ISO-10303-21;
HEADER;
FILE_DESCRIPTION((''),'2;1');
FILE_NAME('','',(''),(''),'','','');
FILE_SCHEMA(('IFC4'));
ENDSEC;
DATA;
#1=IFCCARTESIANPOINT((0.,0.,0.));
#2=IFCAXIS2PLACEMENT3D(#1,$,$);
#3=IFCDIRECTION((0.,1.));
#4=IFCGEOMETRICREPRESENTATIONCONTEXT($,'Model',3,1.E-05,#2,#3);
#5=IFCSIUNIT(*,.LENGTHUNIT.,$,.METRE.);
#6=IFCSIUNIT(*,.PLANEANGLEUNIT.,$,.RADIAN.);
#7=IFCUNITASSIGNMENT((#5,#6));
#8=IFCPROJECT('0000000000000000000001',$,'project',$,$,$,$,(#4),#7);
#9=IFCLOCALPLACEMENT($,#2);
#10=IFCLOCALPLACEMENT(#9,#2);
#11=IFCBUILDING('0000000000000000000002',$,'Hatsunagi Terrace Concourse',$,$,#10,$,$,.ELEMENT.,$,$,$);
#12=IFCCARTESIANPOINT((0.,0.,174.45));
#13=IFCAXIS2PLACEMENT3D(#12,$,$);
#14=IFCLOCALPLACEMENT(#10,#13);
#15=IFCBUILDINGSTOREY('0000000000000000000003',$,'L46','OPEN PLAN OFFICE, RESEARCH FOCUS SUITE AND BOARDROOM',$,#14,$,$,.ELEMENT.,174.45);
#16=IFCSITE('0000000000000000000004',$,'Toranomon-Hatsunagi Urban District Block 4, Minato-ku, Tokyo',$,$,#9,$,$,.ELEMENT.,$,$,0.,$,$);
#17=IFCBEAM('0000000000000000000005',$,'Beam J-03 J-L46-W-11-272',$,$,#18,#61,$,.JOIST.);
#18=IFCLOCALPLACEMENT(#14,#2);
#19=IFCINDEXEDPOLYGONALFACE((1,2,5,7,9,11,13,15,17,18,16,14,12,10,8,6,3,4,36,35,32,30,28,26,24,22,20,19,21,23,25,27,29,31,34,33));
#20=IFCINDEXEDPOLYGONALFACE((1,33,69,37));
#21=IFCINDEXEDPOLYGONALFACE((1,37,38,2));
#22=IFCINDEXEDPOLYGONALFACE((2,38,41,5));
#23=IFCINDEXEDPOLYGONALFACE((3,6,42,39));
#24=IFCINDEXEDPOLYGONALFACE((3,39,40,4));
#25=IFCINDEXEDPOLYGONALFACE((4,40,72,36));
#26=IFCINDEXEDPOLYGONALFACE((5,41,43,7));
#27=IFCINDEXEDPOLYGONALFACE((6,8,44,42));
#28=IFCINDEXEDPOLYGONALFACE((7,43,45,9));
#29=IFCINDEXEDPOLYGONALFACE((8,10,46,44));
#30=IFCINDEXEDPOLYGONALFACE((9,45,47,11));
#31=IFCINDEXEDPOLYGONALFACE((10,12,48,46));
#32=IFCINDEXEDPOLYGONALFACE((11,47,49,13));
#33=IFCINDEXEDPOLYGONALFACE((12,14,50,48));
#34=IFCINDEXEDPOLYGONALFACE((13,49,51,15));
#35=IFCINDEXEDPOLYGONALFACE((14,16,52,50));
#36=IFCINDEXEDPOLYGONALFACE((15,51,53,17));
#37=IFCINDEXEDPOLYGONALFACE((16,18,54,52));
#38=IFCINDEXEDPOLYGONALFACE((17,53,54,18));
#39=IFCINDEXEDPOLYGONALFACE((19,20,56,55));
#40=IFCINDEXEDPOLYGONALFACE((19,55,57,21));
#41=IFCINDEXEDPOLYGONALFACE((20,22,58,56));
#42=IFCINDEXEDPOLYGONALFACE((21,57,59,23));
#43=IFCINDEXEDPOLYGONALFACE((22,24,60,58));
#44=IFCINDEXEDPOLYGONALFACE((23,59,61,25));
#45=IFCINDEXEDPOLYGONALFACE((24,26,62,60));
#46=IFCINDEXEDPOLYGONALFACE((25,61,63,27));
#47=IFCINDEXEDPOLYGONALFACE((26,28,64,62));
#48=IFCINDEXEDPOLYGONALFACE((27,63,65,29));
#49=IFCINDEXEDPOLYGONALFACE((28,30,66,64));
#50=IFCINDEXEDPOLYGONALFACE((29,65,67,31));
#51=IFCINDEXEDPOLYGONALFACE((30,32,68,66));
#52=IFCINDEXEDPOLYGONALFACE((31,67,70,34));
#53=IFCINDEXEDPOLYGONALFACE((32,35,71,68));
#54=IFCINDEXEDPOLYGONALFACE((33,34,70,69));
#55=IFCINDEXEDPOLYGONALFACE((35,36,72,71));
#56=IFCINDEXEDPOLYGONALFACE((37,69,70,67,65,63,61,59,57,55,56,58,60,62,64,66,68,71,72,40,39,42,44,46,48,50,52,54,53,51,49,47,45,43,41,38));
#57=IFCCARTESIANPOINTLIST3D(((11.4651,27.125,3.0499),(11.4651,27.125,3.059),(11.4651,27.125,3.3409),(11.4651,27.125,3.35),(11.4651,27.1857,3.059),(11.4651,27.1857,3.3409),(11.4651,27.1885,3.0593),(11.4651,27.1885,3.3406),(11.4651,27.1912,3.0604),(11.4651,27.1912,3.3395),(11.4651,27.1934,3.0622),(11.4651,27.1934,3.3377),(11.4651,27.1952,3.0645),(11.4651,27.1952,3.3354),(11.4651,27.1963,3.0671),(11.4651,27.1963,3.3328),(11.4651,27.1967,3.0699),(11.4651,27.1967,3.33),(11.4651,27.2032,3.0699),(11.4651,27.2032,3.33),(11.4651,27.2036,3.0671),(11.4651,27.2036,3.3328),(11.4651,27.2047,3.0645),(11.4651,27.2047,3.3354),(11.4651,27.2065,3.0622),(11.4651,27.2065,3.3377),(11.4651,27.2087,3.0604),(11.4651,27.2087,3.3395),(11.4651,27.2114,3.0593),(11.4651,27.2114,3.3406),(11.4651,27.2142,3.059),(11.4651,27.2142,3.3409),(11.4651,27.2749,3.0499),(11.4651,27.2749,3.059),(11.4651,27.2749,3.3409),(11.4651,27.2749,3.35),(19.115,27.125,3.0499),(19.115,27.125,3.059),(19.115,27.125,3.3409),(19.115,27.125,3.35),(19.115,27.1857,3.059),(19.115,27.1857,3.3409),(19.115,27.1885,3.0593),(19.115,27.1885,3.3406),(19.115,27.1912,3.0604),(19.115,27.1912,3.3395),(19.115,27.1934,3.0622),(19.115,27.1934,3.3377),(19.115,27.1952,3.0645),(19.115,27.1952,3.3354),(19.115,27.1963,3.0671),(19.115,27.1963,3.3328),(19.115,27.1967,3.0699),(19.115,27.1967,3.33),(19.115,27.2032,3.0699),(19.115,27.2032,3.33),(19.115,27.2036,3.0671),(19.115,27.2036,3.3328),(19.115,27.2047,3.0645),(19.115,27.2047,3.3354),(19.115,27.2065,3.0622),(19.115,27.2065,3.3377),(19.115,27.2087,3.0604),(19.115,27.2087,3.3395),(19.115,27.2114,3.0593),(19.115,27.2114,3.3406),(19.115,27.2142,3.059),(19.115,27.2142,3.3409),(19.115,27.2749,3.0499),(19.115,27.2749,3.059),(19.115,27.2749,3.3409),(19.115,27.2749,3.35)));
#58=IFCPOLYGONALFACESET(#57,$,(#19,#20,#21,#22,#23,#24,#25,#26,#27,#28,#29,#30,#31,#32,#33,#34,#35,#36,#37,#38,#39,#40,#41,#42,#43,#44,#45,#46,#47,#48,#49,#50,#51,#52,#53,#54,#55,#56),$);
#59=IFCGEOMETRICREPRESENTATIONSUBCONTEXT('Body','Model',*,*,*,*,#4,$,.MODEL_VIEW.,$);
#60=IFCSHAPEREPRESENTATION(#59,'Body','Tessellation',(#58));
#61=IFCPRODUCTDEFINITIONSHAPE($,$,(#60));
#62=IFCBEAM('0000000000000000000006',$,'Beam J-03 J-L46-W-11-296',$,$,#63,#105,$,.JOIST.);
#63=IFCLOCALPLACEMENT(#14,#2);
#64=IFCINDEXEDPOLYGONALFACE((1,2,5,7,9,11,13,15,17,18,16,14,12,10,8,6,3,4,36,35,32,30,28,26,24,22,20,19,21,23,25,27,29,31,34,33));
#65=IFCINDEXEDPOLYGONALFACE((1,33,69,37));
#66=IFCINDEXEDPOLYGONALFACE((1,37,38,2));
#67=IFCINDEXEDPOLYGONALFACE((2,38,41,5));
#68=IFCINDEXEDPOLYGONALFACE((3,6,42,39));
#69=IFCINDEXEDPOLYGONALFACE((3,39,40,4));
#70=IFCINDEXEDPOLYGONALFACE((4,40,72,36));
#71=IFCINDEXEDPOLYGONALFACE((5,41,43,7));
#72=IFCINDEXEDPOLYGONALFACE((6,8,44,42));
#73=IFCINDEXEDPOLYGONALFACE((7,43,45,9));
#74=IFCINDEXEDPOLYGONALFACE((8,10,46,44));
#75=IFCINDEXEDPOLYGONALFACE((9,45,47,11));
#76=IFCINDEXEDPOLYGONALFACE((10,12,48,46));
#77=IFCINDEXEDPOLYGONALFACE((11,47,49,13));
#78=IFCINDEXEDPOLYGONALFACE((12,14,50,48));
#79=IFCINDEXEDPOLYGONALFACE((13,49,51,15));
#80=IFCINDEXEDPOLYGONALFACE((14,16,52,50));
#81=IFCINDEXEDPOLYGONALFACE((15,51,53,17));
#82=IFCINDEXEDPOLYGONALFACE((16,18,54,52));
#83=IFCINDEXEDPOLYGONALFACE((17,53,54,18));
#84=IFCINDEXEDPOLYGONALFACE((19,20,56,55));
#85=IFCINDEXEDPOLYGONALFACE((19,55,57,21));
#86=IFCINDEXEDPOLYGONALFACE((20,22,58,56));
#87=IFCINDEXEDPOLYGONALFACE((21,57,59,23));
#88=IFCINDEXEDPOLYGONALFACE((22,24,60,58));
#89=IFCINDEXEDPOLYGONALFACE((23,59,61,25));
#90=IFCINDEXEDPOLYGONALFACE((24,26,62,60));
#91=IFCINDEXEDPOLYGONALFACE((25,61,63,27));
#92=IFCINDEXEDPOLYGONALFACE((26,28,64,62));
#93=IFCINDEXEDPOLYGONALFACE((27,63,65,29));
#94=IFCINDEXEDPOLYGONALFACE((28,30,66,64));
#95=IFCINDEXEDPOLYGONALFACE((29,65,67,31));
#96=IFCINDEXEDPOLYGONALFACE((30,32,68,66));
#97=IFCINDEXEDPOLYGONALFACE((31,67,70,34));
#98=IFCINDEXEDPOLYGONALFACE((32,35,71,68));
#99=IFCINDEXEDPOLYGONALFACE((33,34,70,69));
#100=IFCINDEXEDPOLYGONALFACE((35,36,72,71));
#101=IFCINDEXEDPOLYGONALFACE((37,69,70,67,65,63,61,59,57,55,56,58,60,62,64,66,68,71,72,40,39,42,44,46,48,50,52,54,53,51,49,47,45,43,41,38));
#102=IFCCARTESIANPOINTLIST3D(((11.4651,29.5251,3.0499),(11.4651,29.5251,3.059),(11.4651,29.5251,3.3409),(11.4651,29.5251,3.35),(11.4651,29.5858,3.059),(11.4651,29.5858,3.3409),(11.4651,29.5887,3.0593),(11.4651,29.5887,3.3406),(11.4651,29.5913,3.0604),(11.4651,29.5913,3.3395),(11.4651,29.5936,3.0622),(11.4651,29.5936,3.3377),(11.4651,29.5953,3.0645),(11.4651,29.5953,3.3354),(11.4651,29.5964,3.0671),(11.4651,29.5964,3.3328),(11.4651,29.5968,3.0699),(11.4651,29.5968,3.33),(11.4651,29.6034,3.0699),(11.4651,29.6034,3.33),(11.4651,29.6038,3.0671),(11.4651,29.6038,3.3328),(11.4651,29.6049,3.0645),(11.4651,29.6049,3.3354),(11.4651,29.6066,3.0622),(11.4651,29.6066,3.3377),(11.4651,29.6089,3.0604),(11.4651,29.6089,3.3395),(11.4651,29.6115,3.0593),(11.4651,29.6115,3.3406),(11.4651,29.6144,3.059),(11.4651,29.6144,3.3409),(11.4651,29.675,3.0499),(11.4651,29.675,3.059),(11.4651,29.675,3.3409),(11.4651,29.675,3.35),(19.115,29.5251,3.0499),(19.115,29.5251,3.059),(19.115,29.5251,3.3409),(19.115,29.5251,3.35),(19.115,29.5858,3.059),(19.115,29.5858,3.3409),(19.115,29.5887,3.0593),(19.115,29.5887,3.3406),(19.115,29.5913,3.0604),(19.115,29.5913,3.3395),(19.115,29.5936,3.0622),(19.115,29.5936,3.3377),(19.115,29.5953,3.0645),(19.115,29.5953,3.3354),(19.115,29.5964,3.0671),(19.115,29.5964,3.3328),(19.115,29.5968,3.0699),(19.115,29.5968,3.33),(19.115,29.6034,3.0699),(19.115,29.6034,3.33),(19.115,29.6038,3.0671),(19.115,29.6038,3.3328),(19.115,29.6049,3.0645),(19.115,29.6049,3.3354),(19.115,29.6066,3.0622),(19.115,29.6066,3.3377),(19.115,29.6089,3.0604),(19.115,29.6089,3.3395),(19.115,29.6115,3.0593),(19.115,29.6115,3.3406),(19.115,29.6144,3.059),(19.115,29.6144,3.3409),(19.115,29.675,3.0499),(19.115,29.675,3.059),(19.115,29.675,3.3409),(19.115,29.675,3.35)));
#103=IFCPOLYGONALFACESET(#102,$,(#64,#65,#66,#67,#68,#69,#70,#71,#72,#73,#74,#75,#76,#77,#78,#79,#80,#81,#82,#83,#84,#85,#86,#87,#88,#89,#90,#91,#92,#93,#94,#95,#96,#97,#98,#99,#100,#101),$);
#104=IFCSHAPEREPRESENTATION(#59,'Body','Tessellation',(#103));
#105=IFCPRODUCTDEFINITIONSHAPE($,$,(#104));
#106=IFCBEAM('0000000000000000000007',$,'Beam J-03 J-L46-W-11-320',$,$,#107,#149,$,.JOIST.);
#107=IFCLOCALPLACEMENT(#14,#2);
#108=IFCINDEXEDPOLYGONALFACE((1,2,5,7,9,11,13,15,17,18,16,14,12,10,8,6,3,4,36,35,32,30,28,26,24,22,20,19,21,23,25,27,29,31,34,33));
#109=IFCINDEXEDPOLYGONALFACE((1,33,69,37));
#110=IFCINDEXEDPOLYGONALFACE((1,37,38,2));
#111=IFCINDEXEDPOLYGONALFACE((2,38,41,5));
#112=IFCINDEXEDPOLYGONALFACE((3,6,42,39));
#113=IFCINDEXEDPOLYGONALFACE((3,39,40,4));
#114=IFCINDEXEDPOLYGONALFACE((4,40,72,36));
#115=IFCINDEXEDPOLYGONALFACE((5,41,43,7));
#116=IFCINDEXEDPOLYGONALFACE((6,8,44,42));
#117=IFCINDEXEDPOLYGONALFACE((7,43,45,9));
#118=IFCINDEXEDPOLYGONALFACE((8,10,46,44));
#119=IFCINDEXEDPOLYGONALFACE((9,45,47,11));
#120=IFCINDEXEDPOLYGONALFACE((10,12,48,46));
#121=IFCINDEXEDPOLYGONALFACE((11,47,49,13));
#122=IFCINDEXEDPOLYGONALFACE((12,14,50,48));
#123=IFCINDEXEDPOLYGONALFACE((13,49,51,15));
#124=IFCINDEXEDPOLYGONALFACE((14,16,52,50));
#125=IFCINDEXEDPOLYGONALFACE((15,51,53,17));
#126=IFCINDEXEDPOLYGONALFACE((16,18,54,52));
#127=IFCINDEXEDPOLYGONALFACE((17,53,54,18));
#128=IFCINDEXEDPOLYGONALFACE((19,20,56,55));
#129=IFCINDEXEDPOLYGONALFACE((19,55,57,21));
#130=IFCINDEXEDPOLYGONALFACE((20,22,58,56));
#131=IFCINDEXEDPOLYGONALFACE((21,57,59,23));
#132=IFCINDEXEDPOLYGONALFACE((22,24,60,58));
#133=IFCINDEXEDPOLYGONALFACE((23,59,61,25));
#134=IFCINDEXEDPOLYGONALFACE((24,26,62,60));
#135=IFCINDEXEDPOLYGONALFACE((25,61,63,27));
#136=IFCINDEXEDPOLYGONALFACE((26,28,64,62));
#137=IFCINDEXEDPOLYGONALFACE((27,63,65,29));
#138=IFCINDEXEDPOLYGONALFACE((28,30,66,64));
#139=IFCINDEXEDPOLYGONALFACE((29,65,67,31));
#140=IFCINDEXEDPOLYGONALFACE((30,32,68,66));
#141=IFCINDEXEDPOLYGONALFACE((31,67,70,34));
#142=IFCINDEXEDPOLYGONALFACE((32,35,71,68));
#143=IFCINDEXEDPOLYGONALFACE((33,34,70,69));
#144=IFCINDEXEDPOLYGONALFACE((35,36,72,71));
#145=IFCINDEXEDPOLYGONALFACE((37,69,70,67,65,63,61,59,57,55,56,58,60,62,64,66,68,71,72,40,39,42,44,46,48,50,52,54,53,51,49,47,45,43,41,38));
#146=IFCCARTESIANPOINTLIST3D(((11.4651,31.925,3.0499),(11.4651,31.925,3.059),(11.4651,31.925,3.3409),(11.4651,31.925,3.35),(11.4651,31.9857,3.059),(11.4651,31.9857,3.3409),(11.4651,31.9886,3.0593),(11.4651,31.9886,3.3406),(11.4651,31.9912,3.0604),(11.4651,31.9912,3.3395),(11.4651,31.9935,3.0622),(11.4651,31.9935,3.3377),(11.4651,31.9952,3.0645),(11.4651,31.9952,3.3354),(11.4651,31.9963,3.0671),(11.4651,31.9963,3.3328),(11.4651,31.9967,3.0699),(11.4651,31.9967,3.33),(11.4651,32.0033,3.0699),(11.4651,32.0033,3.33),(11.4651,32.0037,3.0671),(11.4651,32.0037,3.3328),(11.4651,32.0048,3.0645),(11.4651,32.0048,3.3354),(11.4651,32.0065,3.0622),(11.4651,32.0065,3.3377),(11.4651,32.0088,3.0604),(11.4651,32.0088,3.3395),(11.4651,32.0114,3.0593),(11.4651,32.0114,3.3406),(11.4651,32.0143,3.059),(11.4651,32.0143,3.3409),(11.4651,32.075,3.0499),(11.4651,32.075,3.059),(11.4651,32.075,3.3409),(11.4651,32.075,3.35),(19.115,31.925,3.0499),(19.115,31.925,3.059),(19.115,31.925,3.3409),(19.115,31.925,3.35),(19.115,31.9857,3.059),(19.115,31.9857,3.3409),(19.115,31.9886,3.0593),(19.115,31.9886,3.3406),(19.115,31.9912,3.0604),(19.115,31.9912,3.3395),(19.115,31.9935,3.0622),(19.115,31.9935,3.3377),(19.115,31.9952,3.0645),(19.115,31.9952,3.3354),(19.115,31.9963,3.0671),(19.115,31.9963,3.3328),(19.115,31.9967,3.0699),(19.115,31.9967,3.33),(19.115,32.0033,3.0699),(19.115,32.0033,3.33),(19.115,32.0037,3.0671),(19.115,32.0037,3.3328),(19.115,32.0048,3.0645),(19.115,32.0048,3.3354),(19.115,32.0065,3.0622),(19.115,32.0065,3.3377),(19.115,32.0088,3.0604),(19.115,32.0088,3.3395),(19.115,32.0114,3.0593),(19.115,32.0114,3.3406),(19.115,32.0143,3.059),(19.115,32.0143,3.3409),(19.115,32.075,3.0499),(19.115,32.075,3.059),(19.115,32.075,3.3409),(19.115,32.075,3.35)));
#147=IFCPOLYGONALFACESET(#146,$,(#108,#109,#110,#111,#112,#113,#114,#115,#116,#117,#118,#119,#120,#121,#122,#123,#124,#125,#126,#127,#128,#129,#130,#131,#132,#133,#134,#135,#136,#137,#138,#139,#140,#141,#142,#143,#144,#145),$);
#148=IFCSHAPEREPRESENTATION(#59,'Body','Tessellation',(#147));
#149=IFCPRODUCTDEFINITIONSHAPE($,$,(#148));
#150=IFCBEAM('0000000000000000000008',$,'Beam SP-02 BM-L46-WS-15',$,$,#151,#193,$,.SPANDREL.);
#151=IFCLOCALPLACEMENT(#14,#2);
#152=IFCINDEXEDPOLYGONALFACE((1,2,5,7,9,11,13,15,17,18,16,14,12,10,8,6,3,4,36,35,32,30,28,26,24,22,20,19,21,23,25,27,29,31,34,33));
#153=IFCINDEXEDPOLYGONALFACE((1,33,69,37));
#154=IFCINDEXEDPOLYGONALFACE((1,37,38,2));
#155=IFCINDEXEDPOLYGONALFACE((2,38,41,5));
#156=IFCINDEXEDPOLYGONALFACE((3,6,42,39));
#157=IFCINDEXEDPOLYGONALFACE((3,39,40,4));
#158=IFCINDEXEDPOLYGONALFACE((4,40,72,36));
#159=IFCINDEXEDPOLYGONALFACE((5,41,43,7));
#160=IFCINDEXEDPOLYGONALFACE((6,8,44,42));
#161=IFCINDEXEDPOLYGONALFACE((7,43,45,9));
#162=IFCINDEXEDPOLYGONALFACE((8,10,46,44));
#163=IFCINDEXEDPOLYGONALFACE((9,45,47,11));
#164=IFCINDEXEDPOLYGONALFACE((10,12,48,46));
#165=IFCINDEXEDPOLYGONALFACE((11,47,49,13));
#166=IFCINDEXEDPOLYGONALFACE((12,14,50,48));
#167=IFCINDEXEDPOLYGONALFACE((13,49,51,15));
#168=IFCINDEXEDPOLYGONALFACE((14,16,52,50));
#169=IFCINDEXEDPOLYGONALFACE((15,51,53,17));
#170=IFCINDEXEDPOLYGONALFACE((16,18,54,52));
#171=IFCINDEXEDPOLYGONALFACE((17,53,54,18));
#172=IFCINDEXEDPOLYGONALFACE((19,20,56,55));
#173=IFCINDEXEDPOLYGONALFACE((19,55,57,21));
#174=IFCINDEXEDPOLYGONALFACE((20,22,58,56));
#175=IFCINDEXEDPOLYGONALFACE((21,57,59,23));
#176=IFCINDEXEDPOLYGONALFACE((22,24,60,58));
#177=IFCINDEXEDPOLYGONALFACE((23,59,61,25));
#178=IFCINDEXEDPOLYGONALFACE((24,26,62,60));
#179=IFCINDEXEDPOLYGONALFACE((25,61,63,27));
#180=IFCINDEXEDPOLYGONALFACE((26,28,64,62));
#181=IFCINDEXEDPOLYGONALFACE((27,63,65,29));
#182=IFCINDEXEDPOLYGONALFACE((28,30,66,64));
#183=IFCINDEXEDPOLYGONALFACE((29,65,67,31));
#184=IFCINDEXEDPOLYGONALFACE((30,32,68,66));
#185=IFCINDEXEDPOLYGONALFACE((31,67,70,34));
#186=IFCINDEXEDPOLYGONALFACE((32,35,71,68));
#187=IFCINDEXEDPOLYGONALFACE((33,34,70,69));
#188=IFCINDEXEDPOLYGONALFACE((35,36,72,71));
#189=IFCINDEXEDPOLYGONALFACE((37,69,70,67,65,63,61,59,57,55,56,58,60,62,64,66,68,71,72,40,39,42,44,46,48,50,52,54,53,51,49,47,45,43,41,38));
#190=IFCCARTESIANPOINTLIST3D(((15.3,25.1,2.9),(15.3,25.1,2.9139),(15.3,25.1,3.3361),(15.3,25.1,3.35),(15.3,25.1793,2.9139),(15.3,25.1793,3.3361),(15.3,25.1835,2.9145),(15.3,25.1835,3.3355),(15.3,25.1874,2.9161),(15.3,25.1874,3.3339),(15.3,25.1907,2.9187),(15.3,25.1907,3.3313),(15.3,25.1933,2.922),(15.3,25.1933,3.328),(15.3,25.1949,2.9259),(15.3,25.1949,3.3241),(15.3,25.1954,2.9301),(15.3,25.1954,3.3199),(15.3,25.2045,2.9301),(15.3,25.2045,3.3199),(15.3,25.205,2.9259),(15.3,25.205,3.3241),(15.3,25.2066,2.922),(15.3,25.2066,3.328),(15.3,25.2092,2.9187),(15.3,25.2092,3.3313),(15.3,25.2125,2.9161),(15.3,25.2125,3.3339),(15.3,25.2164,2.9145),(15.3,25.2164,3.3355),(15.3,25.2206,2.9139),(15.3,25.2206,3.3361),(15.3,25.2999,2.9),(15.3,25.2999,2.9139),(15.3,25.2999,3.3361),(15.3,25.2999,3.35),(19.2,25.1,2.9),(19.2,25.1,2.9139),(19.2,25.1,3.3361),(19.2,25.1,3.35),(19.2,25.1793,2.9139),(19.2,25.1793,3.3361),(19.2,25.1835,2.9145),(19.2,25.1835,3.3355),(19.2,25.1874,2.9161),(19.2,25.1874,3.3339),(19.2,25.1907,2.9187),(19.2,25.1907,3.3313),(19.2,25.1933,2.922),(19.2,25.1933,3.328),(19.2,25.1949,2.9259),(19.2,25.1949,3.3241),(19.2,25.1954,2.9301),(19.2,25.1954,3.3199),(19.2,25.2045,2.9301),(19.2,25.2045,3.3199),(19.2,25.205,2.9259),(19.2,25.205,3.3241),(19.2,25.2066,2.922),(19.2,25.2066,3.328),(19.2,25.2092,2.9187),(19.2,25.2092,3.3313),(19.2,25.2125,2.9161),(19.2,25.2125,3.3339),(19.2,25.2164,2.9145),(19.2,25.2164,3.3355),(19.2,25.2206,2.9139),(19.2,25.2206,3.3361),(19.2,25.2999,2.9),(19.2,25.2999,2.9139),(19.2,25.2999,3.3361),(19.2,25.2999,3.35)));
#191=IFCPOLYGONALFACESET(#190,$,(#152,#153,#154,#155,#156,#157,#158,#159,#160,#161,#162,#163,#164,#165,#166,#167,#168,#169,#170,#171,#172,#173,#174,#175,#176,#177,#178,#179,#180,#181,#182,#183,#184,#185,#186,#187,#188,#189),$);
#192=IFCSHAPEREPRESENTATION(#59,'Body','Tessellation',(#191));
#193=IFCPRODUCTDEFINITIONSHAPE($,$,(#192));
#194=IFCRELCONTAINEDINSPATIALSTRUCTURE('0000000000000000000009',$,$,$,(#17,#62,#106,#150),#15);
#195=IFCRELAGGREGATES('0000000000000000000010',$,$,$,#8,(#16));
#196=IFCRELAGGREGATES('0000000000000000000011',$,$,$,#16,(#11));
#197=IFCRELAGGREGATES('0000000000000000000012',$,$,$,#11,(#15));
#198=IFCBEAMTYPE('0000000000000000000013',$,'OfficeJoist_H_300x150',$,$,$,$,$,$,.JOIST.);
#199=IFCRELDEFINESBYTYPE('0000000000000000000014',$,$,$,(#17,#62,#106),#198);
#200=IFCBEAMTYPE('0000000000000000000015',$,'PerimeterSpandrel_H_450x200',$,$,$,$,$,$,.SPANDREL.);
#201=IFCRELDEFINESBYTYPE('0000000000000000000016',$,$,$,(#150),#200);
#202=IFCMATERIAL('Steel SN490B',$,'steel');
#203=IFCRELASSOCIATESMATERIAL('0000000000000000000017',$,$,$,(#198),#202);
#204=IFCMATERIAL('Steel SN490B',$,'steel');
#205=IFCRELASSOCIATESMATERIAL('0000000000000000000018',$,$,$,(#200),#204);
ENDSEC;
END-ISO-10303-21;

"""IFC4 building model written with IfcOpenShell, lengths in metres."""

from ifc_helpers import new_model, si_unit, direction, frame, origin, origin_2d, place, context, subcontext, project, spatial, i_section, extrude, material, material_profile, profile_set, type_object, element, save


model = new_model("IFC4")

# Units and contexts
model_context = context("Model", 3, precision=1e-05, world=origin(), true_north=direction((0.0, 1.0)))
body_context = subcontext(model_context, "Body", "Model", "MODEL_VIEW")
ifc_project = project(units=[si_unit("LENGTHUNIT", "METRE"), si_unit("PLANEANGLEUNIT", "RADIAN")], contexts=[model_context])

# Site, building, storey
site_placement = place(None, origin())
site = spatial("IfcSite", under=ifc_project, at=site_placement, Name="Toranomon-Hatsunagi Urban District Block 4, Minato-ku, Tokyo", CompositionType="ELEMENT", RefElevation=0.0)
building_placement = place(site_placement, origin())
building = spatial("IfcBuilding", under=site, at=building_placement, Name="Hatsunagi Terrace Concourse", CompositionType="ELEMENT")
storey_placement = place(building_placement, frame((0.0, 0.0, 174.45)))
storey = spatial("IfcBuildingStorey", under=building, at=storey_placement, Name="L46", Description="OPEN PLAN OFFICE, RESEARCH FOCUS SUITE AND BOARDROOM", CompositionType="ELEMENT", Elevation=174.45)

# Beams
ifc_material_1 = material(Name="Steel SN490B", Category="steel")
ifc_material_profile_1 = material_profile(ifc_material_1, i_section(OverallWidth=0.1499, OverallDepth=0.3, WebThickness=0.0066, FlangeThickness=0.009, FilletRadius=0.011, at=origin_2d()), Name="H-300x150x6.5x9")
ifc_profile_set_1 = profile_set([ifc_material_profile_1], Name="Steel SN490B")
beam_type_1 = type_object("IfcBeamType", Name="OfficeJoist_H_300x150", PredefinedType="JOIST", material=ifc_profile_set_1)
for number, where, z_axis, x_axis, name in (
    (1, (11.4651, 27.2, 3.2), (1.0, 0.0, 0.0), (0.0, 1.0, 0.0), "Beam J-03 J-L46-W-11-272"),
    (2, (11.4651, 29.6001, 3.2), (1.0, 0.0, 0.0), (0.0, 1.0, 0.0), "Beam J-03 J-L46-W-11-296"),
    (3, (11.4651, 32.0, 3.2), (1.0, 0.0, 0.0), (0.0, 1.0, 0.0), "Beam J-03 J-L46-W-11-320"),
):
    element("IfcBeam", number, at=place(storey_placement, frame(where, z_axis=z_axis, x_axis=x_axis)), inside=storey, type_object=beam_type_1, Name=name, PredefinedType="JOIST", context=body_context, shape_type="SweptSolid", body=[
        extrude(i_section(OverallWidth=0.1499, OverallDepth=0.3, WebThickness=0.0066, FlangeThickness=0.009, FilletRadius=0.011, at=origin_2d()), origin(), (0.0, 0.0, 1.0), 7.6499),
    ])
ifc_material_2 = material(Name="Steel SN490B", Category="steel")
ifc_material_profile_2 = material_profile(ifc_material_2, i_section(OverallWidth=0.2, OverallDepth=0.45, WebThickness=0.009, FlangeThickness=0.0139, FilletRadius=0.0161, at=origin_2d()), Name="H-450x200x9x14")
ifc_profile_set_2 = profile_set([ifc_material_profile_2], Name="Steel SN490B")
beam_type_2 = type_object("IfcBeamType", Name="PerimeterSpandrel_H_450x200", PredefinedType="SPANDREL", material=ifc_profile_set_2)
beam_placement = place(storey_placement, frame((15.3, 25.2, 3.125), z_axis=(1.0, 0.0, 0.0), x_axis=(0.0, 1.0, 0.0)))
element("IfcBeam", 4, at=beam_placement, inside=storey, type_object=beam_type_2, Name="Beam SP-02 BM-L46-WS-15", PredefinedType="SPANDREL", context=body_context, shape_type="SweptSolid", body=[
    extrude(i_section(OverallWidth=0.2, OverallDepth=0.45, WebThickness=0.009, FlangeThickness=0.0139, FilletRadius=0.0161, at=origin_2d()), origin(), (0.0, 0.0, 1.0), 3.8999),
])

save(model, "model.ifc")
